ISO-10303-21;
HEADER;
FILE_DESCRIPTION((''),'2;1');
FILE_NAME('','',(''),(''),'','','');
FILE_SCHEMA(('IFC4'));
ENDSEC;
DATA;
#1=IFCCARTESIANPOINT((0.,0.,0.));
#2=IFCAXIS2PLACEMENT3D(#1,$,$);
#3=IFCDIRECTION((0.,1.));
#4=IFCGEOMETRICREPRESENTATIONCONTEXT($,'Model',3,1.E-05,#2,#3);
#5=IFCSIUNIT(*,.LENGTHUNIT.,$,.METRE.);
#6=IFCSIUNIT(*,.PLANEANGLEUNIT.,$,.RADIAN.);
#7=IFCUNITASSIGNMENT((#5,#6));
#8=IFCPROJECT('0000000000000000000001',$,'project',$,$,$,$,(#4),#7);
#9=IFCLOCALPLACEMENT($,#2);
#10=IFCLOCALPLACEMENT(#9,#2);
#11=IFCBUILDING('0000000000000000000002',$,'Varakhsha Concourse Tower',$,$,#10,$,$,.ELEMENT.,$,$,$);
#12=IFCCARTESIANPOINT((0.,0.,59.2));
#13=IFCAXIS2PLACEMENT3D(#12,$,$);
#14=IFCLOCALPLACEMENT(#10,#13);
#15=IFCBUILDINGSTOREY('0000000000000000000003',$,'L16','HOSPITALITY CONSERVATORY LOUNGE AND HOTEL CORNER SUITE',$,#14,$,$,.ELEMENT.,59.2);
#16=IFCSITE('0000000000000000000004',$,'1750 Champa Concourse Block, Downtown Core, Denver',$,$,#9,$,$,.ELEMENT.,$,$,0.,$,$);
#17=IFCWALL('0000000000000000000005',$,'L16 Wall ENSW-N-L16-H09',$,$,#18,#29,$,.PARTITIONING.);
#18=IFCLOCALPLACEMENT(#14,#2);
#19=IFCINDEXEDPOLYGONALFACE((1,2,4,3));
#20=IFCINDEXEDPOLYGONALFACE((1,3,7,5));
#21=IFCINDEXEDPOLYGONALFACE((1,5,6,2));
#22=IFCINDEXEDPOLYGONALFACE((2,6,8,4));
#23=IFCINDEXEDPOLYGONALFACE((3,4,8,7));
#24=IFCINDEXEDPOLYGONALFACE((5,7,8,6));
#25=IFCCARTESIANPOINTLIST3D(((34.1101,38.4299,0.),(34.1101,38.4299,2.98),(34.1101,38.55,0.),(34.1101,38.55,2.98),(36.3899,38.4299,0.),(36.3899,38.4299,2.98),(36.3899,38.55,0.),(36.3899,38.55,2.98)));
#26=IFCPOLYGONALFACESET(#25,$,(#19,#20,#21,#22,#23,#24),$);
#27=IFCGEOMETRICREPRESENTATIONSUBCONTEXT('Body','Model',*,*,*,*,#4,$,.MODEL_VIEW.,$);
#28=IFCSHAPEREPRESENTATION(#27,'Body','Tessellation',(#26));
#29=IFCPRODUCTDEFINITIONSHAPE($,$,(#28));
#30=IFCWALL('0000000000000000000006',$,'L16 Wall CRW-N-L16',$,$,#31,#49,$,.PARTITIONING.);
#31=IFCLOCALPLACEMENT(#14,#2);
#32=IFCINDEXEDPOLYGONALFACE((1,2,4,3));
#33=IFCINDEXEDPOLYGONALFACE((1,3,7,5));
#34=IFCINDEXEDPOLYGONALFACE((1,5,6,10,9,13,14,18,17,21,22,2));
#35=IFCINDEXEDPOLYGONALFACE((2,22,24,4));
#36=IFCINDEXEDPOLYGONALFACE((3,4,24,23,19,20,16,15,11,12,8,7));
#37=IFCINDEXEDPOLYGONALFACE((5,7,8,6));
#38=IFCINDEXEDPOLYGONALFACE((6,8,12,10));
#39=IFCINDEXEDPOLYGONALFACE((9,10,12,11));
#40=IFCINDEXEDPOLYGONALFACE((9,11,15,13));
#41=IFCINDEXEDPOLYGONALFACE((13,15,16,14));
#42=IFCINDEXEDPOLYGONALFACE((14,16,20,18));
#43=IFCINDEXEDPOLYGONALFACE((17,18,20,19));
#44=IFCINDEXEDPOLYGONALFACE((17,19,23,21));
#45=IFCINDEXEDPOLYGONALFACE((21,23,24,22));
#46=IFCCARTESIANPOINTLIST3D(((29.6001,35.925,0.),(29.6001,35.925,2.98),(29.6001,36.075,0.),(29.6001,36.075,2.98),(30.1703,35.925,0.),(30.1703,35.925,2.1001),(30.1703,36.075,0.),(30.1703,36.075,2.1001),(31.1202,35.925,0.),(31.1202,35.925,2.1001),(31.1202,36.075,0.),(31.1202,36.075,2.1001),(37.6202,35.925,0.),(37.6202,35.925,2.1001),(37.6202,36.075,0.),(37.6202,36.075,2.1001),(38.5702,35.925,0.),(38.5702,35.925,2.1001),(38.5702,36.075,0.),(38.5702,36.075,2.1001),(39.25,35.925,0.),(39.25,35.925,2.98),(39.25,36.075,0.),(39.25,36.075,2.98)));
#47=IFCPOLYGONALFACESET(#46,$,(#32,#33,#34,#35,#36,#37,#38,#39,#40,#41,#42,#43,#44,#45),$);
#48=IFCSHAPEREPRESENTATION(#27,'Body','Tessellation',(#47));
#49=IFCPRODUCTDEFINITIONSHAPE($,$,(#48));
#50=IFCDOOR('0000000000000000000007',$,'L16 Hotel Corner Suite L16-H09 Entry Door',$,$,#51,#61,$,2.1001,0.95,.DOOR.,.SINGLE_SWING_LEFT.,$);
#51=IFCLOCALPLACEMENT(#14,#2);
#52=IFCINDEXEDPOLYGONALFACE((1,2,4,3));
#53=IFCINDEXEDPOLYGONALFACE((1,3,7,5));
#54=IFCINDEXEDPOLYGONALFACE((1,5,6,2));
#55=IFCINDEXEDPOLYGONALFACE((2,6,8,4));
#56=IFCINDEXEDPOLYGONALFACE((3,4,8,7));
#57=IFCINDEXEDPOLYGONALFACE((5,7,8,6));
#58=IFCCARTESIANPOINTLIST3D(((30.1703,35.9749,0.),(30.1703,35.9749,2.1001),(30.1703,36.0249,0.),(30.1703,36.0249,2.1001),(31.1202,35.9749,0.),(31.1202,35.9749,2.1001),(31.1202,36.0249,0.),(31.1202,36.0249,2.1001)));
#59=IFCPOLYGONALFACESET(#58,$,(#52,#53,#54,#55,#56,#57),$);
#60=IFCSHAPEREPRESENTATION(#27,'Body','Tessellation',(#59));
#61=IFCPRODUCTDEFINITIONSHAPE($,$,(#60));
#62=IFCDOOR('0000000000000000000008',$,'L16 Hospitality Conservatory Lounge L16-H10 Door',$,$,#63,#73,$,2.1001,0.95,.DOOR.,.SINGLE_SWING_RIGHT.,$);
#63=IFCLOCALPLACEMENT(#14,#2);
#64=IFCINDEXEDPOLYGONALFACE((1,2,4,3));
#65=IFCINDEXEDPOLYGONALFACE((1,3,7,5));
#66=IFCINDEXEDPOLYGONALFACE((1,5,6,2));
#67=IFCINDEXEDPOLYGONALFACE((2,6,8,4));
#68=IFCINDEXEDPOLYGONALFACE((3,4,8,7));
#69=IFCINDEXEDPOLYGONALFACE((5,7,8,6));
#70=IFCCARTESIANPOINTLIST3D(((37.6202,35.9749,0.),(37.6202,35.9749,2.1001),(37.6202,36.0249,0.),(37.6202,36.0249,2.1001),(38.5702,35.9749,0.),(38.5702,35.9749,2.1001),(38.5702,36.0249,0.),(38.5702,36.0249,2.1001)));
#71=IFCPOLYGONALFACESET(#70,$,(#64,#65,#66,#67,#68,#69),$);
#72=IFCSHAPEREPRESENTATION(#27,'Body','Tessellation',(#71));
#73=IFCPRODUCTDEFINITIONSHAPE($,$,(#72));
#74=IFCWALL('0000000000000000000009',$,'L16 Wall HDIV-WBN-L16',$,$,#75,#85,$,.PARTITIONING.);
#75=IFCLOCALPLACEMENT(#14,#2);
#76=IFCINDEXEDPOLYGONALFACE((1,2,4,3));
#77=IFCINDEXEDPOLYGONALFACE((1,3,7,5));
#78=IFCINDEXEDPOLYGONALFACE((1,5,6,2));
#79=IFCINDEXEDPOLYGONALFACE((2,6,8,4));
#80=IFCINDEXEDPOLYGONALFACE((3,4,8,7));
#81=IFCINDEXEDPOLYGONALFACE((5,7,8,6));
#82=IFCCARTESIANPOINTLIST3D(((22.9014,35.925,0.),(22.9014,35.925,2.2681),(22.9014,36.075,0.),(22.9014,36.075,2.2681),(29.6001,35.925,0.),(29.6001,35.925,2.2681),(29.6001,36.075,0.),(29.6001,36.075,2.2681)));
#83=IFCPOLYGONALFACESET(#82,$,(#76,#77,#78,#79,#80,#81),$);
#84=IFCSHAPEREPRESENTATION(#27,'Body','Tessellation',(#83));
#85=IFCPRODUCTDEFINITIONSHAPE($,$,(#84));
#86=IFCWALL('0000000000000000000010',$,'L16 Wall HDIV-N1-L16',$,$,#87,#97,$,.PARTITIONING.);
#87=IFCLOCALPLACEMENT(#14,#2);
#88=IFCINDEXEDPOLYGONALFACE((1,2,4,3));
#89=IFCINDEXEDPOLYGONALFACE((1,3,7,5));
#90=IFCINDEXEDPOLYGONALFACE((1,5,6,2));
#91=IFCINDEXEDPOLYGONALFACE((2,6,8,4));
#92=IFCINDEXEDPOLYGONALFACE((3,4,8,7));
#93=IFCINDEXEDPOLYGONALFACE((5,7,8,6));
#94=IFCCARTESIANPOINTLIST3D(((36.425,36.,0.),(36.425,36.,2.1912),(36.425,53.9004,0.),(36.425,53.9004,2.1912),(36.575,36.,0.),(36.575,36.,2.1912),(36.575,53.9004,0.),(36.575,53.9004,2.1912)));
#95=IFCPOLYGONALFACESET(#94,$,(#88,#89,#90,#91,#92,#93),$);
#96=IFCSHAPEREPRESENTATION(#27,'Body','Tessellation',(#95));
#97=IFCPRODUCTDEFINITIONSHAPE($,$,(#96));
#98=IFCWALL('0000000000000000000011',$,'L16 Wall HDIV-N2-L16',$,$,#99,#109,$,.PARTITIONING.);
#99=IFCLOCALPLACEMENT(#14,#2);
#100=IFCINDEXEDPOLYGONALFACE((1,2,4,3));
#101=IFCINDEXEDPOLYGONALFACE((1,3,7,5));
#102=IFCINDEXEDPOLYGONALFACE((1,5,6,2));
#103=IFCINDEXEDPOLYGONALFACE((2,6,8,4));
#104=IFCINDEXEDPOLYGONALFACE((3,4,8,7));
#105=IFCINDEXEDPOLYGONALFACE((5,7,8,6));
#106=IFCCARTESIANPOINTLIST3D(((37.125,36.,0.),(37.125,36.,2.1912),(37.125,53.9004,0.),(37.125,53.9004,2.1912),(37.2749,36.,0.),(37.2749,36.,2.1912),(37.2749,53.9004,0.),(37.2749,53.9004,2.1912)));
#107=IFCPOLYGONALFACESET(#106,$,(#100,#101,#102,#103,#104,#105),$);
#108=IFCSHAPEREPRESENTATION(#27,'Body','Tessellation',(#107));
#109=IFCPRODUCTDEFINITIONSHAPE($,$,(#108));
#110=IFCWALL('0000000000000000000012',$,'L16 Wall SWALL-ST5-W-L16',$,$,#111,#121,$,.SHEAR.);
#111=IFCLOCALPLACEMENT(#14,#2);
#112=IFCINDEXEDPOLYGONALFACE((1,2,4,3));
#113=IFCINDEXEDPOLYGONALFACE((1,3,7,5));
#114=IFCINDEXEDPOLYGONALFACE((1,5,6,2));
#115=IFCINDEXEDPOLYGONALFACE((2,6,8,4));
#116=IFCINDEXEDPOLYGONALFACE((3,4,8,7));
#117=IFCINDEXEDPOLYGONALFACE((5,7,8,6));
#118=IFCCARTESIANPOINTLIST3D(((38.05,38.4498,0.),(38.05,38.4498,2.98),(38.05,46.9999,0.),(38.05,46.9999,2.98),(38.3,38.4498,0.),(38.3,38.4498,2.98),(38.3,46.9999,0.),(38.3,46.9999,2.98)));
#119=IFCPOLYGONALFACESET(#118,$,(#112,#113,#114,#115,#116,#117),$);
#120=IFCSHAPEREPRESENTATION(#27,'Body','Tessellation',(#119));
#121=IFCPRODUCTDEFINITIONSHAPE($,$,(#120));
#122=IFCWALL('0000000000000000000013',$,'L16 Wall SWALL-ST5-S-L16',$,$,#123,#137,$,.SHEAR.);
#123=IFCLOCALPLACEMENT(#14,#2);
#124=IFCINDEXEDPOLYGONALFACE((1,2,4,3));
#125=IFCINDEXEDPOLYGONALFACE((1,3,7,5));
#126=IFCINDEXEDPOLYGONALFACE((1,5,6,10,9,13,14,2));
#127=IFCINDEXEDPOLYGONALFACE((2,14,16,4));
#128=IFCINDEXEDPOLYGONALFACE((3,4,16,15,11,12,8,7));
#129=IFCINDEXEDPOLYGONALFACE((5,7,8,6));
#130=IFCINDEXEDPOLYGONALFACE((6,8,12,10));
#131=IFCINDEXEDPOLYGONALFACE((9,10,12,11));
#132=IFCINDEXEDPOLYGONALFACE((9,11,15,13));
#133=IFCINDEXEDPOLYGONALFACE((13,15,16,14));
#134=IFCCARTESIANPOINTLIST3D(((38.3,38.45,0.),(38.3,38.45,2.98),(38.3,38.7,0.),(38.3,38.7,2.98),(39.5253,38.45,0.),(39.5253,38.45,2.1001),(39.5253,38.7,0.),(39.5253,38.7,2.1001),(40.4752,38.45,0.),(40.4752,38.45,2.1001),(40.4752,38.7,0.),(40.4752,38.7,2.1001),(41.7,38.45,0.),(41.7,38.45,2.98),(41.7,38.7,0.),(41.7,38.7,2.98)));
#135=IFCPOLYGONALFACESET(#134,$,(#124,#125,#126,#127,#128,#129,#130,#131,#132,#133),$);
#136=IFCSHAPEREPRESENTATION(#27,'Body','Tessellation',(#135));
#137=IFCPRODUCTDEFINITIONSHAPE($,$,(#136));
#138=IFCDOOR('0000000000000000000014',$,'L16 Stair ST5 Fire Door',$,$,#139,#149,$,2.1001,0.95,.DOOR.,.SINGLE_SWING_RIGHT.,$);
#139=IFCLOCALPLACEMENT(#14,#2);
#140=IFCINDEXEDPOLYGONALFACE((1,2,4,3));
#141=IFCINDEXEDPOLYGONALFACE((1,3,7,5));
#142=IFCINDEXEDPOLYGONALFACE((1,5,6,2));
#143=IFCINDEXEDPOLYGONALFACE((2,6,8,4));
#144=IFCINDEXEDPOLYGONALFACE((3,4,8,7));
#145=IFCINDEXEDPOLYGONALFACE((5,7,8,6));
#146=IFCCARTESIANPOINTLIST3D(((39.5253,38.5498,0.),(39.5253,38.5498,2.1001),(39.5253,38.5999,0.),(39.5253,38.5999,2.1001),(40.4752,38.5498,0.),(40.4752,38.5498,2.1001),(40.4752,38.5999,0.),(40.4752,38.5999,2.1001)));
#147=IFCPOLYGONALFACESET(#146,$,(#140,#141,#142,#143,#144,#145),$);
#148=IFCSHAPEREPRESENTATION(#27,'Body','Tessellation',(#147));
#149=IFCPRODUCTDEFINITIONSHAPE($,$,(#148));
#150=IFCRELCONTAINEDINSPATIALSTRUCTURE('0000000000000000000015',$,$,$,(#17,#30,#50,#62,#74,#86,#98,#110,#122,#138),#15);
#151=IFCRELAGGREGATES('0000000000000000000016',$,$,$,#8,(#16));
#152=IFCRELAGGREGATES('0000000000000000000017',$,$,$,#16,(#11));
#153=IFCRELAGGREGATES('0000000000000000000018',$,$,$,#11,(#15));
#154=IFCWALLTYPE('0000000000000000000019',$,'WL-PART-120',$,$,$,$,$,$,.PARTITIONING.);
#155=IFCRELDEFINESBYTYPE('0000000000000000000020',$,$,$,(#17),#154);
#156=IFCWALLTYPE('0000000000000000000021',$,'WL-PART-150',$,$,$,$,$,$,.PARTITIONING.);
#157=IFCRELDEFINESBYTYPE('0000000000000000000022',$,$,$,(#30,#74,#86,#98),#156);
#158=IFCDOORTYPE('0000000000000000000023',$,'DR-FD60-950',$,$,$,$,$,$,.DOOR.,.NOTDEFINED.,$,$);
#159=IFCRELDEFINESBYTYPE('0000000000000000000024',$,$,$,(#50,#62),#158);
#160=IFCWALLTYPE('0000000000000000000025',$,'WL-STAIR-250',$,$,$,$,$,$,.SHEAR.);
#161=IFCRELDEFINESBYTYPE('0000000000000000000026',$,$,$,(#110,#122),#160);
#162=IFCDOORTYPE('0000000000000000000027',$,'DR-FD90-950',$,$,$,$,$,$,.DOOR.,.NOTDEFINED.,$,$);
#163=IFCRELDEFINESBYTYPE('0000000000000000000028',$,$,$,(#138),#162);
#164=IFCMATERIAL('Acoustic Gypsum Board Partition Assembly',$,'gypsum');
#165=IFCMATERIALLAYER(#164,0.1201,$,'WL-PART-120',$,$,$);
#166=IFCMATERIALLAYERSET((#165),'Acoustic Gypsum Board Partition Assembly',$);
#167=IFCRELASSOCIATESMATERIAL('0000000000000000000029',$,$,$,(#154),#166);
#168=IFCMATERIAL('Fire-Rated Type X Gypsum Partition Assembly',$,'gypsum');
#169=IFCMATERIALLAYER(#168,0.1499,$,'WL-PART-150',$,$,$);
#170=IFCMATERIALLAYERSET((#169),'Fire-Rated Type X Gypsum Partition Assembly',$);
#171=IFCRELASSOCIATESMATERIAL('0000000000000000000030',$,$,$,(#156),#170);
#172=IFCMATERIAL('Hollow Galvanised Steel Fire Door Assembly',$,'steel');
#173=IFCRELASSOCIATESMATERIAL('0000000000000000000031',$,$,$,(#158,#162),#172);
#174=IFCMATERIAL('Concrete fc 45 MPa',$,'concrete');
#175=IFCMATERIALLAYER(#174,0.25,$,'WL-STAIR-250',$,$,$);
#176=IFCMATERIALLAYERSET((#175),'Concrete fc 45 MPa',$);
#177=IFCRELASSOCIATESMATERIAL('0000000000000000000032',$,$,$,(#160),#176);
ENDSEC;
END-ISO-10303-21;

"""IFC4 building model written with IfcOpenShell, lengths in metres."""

from ifc_helpers import new_model, si_unit, direction, frame, frame_2d, origin, place, context, subcontext, project, spatial, rectangle, extrude, material, layer, layer_set, type_object, element, fill, save


model = new_model("IFC4")

# Units and contexts
model_context = context("Model", 3, precision=1e-05, world=origin(), true_north=direction((0.0, 1.0)))
body_context = subcontext(model_context, "Body", "Model", "MODEL_VIEW")
ifc_project = project(units=[si_unit("LENGTHUNIT", "METRE"), si_unit("PLANEANGLEUNIT", "RADIAN")], contexts=[model_context])

# Site, building, storey
site_placement = place(None, origin())
site = spatial("IfcSite", under=ifc_project, at=site_placement, Name="1750 Champa Concourse Block, Downtown Core, Denver", CompositionType="ELEMENT", RefElevation=0.0)
building_placement = place(site_placement, origin())
building = spatial("IfcBuilding", under=site, at=building_placement, Name="Varakhsha Concourse Tower", CompositionType="ELEMENT")
storey_placement = place(building_placement, frame((0.0, 0.0, 59.2)))
storey = spatial("IfcBuildingStorey", under=building, at=storey_placement, Name="L16", Description="HOSPITALITY CONSERVATORY LOUNGE AND HOTEL CORNER SUITE", CompositionType="ELEMENT", Elevation=59.2)

# Shared definitions
ifc_material_1 = material(Name="Acoustic Gypsum Board Partition Assembly", Category="gypsum")
ifc_layer_1 = layer(ifc_material_1, 0.1201, Name="WL-PART-120")
ifc_layer_set_1 = layer_set([ifc_layer_1], Name="Acoustic Gypsum Board Partition Assembly")
wall_type_1 = type_object("IfcWallType", Name="WL-PART-120", PredefinedType="PARTITIONING", material=ifc_layer_set_1)

# Wall
wall_1_placement = place(storey_placement, frame((34.1101, 38.49, 0.0), z_axis=(0.0, 0.0, 1.0), x_axis=(1.0, 0.0, 0.0)))
element("IfcWall", 1, at=wall_1_placement, inside=storey, type_object=wall_type_1, Name="L16 Wall ENSW-N-L16-H09", PredefinedType="PARTITIONING", context=body_context, shape_type="SweptSolid", body=[
    extrude(rectangle(XDim=2.2798, YDim=0.1201, at=frame_2d((1.1399, 0.0))), origin(), (0.0, 0.0, 1.0), 2.98),
])

# Wall, openings, doors
ifc_material_2 = material(Name="Fire-Rated Type X Gypsum Partition Assembly", Category="gypsum")
ifc_layer_2 = layer(ifc_material_2, 0.1499, Name="WL-PART-150")
ifc_layer_set_2 = layer_set([ifc_layer_2], Name="Fire-Rated Type X Gypsum Partition Assembly")
wall_type_2 = type_object("IfcWallType", Name="WL-PART-150", PredefinedType="PARTITIONING", material=ifc_layer_set_2)
wall_2_placement = place(storey_placement, frame((29.6001, 36.0, 0.0), z_axis=(0.0, 0.0, 1.0), x_axis=(1.0, 0.0, 0.0)))
wall_2 = element("IfcWall", 2, at=wall_2_placement, inside=storey, type_object=wall_type_2, Name="L16 Wall CRW-N-L16", PredefinedType="PARTITIONING", context=body_context, shape_type="SweptSolid", body=[
    extrude(rectangle(XDim=9.6499, YDim=0.1499, at=frame_2d((4.825, 0.0))), origin(), (0.0, 0.0, 1.0), 2.98),
])
opening_1_placement = place(wall_2_placement, frame((0.5701, 0.0, 0.0)))
opening_1 = element("IfcOpeningElement", 3, at=opening_1_placement, cuts=wall_2, PredefinedType="OPENING", context=body_context, shape_type="SweptSolid", body=[
    extrude(rectangle(XDim=0.95, YDim=2.1001, at=frame_2d((0.4751, 1.05))), frame((0.0, 0.085, 0.0), z_axis=(0.0, -1.0, 0.0), x_axis=(1.0, 0.0, 0.0)), (0.0, 0.0, 1.0), 0.1699),
])
opening_2_placement = place(wall_2_placement, frame((8.02, 0.0, 0.0)))
opening_2 = element("IfcOpeningElement", 4, at=opening_2_placement, cuts=wall_2, PredefinedType="OPENING", context=body_context, shape_type="SweptSolid", body=[
    extrude(rectangle(XDim=0.95, YDim=2.1001, at=frame_2d((0.4751, 1.05))), frame((0.0, 0.085, 0.0), z_axis=(0.0, -1.0, 0.0), x_axis=(1.0, 0.0, 0.0)), (0.0, 0.0, 1.0), 0.1699),
])
ifc_material_3 = material(Name="Hollow Galvanised Steel Fire Door Assembly", Category="steel")
door_type_1 = type_object("IfcDoorType", Name="DR-FD60-950", OperationType="NOTDEFINED", PredefinedType="DOOR", material=ifc_material_3)
door_1_placement = place(opening_1_placement, origin())
door_1 = element("IfcDoor", 5, at=door_1_placement, inside=storey, type_object=door_type_1, Name="L16 Hotel Corner Suite L16-H09 Entry Door", OperationType="SINGLE_SWING_LEFT", OverallHeight=2.1001, OverallWidth=0.95, PredefinedType="DOOR", context=body_context, shape_type="SweptSolid", body=[
    extrude(rectangle(XDim=0.95, YDim=2.1001, at=frame_2d((0.4751, 1.05))), frame((0.0, 0.0249, 0.0), z_axis=(0.0, -1.0, 0.0), x_axis=(1.0, 0.0, 0.0)), (0.0, 0.0, 1.0), 0.05),
])
fill(opening_1, door_1)
door_2_placement = place(opening_2_placement, origin())
door_2 = element("IfcDoor", 6, at=door_2_placement, inside=storey, type_object=door_type_1, Name="L16 Hospitality Conservatory Lounge L16-H10 Door", OperationType="SINGLE_SWING_RIGHT", OverallHeight=2.1001, OverallWidth=0.95, PredefinedType="DOOR", context=body_context, shape_type="SweptSolid", body=[
    extrude(rectangle(XDim=0.95, YDim=2.1001, at=frame_2d((0.4751, 1.05))), frame((0.0, 0.0249, 0.0), z_axis=(0.0, -1.0, 0.0), x_axis=(1.0, 0.0, 0.0)), (0.0, 0.0, 1.0), 0.05),
])
fill(opening_2, door_2)

# Walls
wall_3_placement = place(storey_placement, frame((22.9014, 36.0, 0.0), z_axis=(0.0, 0.0, 1.0), x_axis=(1.0, 0.0, 0.0)))
element("IfcWall", 7, at=wall_3_placement, inside=storey, type_object=wall_type_2, Name="L16 Wall HDIV-WBN-L16", PredefinedType="PARTITIONING", context=body_context, shape_type="SweptSolid", body=[
    extrude(rectangle(XDim=6.6987, YDim=0.1499, at=frame_2d((3.3494, 0.0))), origin(), (0.0, 0.0, 1.0), 2.2681),
])
for number, where, z_axis, x_axis, name in (
    (8, (36.5, 36.0, 0.0), (0.0, 0.0, 1.0), (0.0, 1.0, 0.0), "L16 Wall HDIV-N1-L16"),
    (9, (37.2, 36.0, 0.0), (0.0, 0.0, 1.0), (0.0, 1.0, 0.0), "L16 Wall HDIV-N2-L16"),
):
    element("IfcWall", number, at=place(storey_placement, frame(where, z_axis=z_axis, x_axis=x_axis)), inside=storey, type_object=wall_type_2, Name=name, PredefinedType="PARTITIONING", context=body_context, shape_type="SweptSolid", body=[
        extrude(rectangle(XDim=17.9004, YDim=0.1499, at=frame_2d((8.9502, 0.0))), origin(), (0.0, 0.0, 1.0), 2.1912),
    ])
ifc_material_4 = material(Name="Concrete fc 45 MPa", Category="concrete")
ifc_layer_3 = layer(ifc_material_4, 0.25, Name="WL-STAIR-250")
ifc_layer_set_3 = layer_set([ifc_layer_3], Name="Concrete fc 45 MPa")
wall_type_3 = type_object("IfcWallType", Name="WL-STAIR-250", PredefinedType="SHEAR", material=ifc_layer_set_3)
wall_4_placement = place(storey_placement, frame((38.175, 38.45, 0.0), z_axis=(0.0, 0.0, 1.0), x_axis=(0.0, 1.0, 0.0)))
element("IfcWall", 10, at=wall_4_placement, inside=storey, type_object=wall_type_3, Name="L16 Wall SWALL-ST5-W-L16", PredefinedType="SHEAR", context=body_context, shape_type="SweptSolid", body=[
    extrude(rectangle(XDim=8.55, YDim=0.25, at=frame_2d((4.2749, 0.0))), origin(), (0.0, 0.0, 1.0), 2.98),
])

# Wall, opening, door
wall_5_placement = place(storey_placement, frame((38.3, 38.575, 0.0), z_axis=(0.0, 0.0, 1.0), x_axis=(1.0, 0.0, 0.0)))
wall_5 = element("IfcWall", 11, at=wall_5_placement, inside=storey, type_object=wall_type_3, Name="L16 Wall SWALL-ST5-S-L16", PredefinedType="SHEAR", context=body_context, shape_type="SweptSolid", body=[
    extrude(rectangle(XDim=3.3999, YDim=0.25, at=frame_2d((1.7, 0.0))), origin(), (0.0, 0.0, 1.0), 2.98),
])
opening_3_placement = place(wall_5_placement, frame((1.2251, 0.0, 0.0)))
opening_3 = element("IfcOpeningElement", 12, at=opening_3_placement, cuts=wall_5, PredefinedType="OPENING", context=body_context, shape_type="SweptSolid", body=[
    extrude(rectangle(XDim=0.95, YDim=2.1001, at=frame_2d((0.4751, 1.05))), frame((0.0, 0.135, 0.0), z_axis=(0.0, -1.0, 0.0), x_axis=(1.0, 0.0, 0.0)), (0.0, 0.0, 1.0), 0.27),
])
door_type_2 = type_object("IfcDoorType", Name="DR-FD90-950", OperationType="NOTDEFINED", PredefinedType="DOOR", material=ifc_material_3)
door_3_placement = place(opening_3_placement, origin())
door_3 = element("IfcDoor", 13, at=door_3_placement, inside=storey, type_object=door_type_2, Name="L16 Stair ST5 Fire Door", OperationType="SINGLE_SWING_RIGHT", OverallHeight=2.1001, OverallWidth=0.95, PredefinedType="DOOR", context=body_context, shape_type="SweptSolid", body=[
    extrude(rectangle(XDim=0.95, YDim=2.1001, at=frame_2d((0.4751, 1.05))), frame((0.0, 0.0249, 0.0), z_axis=(0.0, -1.0, 0.0), x_axis=(1.0, 0.0, 0.0)), (0.0, 0.0, 1.0), 0.05),
])
fill(opening_3, door_3)

save(model, "model.ifc")
